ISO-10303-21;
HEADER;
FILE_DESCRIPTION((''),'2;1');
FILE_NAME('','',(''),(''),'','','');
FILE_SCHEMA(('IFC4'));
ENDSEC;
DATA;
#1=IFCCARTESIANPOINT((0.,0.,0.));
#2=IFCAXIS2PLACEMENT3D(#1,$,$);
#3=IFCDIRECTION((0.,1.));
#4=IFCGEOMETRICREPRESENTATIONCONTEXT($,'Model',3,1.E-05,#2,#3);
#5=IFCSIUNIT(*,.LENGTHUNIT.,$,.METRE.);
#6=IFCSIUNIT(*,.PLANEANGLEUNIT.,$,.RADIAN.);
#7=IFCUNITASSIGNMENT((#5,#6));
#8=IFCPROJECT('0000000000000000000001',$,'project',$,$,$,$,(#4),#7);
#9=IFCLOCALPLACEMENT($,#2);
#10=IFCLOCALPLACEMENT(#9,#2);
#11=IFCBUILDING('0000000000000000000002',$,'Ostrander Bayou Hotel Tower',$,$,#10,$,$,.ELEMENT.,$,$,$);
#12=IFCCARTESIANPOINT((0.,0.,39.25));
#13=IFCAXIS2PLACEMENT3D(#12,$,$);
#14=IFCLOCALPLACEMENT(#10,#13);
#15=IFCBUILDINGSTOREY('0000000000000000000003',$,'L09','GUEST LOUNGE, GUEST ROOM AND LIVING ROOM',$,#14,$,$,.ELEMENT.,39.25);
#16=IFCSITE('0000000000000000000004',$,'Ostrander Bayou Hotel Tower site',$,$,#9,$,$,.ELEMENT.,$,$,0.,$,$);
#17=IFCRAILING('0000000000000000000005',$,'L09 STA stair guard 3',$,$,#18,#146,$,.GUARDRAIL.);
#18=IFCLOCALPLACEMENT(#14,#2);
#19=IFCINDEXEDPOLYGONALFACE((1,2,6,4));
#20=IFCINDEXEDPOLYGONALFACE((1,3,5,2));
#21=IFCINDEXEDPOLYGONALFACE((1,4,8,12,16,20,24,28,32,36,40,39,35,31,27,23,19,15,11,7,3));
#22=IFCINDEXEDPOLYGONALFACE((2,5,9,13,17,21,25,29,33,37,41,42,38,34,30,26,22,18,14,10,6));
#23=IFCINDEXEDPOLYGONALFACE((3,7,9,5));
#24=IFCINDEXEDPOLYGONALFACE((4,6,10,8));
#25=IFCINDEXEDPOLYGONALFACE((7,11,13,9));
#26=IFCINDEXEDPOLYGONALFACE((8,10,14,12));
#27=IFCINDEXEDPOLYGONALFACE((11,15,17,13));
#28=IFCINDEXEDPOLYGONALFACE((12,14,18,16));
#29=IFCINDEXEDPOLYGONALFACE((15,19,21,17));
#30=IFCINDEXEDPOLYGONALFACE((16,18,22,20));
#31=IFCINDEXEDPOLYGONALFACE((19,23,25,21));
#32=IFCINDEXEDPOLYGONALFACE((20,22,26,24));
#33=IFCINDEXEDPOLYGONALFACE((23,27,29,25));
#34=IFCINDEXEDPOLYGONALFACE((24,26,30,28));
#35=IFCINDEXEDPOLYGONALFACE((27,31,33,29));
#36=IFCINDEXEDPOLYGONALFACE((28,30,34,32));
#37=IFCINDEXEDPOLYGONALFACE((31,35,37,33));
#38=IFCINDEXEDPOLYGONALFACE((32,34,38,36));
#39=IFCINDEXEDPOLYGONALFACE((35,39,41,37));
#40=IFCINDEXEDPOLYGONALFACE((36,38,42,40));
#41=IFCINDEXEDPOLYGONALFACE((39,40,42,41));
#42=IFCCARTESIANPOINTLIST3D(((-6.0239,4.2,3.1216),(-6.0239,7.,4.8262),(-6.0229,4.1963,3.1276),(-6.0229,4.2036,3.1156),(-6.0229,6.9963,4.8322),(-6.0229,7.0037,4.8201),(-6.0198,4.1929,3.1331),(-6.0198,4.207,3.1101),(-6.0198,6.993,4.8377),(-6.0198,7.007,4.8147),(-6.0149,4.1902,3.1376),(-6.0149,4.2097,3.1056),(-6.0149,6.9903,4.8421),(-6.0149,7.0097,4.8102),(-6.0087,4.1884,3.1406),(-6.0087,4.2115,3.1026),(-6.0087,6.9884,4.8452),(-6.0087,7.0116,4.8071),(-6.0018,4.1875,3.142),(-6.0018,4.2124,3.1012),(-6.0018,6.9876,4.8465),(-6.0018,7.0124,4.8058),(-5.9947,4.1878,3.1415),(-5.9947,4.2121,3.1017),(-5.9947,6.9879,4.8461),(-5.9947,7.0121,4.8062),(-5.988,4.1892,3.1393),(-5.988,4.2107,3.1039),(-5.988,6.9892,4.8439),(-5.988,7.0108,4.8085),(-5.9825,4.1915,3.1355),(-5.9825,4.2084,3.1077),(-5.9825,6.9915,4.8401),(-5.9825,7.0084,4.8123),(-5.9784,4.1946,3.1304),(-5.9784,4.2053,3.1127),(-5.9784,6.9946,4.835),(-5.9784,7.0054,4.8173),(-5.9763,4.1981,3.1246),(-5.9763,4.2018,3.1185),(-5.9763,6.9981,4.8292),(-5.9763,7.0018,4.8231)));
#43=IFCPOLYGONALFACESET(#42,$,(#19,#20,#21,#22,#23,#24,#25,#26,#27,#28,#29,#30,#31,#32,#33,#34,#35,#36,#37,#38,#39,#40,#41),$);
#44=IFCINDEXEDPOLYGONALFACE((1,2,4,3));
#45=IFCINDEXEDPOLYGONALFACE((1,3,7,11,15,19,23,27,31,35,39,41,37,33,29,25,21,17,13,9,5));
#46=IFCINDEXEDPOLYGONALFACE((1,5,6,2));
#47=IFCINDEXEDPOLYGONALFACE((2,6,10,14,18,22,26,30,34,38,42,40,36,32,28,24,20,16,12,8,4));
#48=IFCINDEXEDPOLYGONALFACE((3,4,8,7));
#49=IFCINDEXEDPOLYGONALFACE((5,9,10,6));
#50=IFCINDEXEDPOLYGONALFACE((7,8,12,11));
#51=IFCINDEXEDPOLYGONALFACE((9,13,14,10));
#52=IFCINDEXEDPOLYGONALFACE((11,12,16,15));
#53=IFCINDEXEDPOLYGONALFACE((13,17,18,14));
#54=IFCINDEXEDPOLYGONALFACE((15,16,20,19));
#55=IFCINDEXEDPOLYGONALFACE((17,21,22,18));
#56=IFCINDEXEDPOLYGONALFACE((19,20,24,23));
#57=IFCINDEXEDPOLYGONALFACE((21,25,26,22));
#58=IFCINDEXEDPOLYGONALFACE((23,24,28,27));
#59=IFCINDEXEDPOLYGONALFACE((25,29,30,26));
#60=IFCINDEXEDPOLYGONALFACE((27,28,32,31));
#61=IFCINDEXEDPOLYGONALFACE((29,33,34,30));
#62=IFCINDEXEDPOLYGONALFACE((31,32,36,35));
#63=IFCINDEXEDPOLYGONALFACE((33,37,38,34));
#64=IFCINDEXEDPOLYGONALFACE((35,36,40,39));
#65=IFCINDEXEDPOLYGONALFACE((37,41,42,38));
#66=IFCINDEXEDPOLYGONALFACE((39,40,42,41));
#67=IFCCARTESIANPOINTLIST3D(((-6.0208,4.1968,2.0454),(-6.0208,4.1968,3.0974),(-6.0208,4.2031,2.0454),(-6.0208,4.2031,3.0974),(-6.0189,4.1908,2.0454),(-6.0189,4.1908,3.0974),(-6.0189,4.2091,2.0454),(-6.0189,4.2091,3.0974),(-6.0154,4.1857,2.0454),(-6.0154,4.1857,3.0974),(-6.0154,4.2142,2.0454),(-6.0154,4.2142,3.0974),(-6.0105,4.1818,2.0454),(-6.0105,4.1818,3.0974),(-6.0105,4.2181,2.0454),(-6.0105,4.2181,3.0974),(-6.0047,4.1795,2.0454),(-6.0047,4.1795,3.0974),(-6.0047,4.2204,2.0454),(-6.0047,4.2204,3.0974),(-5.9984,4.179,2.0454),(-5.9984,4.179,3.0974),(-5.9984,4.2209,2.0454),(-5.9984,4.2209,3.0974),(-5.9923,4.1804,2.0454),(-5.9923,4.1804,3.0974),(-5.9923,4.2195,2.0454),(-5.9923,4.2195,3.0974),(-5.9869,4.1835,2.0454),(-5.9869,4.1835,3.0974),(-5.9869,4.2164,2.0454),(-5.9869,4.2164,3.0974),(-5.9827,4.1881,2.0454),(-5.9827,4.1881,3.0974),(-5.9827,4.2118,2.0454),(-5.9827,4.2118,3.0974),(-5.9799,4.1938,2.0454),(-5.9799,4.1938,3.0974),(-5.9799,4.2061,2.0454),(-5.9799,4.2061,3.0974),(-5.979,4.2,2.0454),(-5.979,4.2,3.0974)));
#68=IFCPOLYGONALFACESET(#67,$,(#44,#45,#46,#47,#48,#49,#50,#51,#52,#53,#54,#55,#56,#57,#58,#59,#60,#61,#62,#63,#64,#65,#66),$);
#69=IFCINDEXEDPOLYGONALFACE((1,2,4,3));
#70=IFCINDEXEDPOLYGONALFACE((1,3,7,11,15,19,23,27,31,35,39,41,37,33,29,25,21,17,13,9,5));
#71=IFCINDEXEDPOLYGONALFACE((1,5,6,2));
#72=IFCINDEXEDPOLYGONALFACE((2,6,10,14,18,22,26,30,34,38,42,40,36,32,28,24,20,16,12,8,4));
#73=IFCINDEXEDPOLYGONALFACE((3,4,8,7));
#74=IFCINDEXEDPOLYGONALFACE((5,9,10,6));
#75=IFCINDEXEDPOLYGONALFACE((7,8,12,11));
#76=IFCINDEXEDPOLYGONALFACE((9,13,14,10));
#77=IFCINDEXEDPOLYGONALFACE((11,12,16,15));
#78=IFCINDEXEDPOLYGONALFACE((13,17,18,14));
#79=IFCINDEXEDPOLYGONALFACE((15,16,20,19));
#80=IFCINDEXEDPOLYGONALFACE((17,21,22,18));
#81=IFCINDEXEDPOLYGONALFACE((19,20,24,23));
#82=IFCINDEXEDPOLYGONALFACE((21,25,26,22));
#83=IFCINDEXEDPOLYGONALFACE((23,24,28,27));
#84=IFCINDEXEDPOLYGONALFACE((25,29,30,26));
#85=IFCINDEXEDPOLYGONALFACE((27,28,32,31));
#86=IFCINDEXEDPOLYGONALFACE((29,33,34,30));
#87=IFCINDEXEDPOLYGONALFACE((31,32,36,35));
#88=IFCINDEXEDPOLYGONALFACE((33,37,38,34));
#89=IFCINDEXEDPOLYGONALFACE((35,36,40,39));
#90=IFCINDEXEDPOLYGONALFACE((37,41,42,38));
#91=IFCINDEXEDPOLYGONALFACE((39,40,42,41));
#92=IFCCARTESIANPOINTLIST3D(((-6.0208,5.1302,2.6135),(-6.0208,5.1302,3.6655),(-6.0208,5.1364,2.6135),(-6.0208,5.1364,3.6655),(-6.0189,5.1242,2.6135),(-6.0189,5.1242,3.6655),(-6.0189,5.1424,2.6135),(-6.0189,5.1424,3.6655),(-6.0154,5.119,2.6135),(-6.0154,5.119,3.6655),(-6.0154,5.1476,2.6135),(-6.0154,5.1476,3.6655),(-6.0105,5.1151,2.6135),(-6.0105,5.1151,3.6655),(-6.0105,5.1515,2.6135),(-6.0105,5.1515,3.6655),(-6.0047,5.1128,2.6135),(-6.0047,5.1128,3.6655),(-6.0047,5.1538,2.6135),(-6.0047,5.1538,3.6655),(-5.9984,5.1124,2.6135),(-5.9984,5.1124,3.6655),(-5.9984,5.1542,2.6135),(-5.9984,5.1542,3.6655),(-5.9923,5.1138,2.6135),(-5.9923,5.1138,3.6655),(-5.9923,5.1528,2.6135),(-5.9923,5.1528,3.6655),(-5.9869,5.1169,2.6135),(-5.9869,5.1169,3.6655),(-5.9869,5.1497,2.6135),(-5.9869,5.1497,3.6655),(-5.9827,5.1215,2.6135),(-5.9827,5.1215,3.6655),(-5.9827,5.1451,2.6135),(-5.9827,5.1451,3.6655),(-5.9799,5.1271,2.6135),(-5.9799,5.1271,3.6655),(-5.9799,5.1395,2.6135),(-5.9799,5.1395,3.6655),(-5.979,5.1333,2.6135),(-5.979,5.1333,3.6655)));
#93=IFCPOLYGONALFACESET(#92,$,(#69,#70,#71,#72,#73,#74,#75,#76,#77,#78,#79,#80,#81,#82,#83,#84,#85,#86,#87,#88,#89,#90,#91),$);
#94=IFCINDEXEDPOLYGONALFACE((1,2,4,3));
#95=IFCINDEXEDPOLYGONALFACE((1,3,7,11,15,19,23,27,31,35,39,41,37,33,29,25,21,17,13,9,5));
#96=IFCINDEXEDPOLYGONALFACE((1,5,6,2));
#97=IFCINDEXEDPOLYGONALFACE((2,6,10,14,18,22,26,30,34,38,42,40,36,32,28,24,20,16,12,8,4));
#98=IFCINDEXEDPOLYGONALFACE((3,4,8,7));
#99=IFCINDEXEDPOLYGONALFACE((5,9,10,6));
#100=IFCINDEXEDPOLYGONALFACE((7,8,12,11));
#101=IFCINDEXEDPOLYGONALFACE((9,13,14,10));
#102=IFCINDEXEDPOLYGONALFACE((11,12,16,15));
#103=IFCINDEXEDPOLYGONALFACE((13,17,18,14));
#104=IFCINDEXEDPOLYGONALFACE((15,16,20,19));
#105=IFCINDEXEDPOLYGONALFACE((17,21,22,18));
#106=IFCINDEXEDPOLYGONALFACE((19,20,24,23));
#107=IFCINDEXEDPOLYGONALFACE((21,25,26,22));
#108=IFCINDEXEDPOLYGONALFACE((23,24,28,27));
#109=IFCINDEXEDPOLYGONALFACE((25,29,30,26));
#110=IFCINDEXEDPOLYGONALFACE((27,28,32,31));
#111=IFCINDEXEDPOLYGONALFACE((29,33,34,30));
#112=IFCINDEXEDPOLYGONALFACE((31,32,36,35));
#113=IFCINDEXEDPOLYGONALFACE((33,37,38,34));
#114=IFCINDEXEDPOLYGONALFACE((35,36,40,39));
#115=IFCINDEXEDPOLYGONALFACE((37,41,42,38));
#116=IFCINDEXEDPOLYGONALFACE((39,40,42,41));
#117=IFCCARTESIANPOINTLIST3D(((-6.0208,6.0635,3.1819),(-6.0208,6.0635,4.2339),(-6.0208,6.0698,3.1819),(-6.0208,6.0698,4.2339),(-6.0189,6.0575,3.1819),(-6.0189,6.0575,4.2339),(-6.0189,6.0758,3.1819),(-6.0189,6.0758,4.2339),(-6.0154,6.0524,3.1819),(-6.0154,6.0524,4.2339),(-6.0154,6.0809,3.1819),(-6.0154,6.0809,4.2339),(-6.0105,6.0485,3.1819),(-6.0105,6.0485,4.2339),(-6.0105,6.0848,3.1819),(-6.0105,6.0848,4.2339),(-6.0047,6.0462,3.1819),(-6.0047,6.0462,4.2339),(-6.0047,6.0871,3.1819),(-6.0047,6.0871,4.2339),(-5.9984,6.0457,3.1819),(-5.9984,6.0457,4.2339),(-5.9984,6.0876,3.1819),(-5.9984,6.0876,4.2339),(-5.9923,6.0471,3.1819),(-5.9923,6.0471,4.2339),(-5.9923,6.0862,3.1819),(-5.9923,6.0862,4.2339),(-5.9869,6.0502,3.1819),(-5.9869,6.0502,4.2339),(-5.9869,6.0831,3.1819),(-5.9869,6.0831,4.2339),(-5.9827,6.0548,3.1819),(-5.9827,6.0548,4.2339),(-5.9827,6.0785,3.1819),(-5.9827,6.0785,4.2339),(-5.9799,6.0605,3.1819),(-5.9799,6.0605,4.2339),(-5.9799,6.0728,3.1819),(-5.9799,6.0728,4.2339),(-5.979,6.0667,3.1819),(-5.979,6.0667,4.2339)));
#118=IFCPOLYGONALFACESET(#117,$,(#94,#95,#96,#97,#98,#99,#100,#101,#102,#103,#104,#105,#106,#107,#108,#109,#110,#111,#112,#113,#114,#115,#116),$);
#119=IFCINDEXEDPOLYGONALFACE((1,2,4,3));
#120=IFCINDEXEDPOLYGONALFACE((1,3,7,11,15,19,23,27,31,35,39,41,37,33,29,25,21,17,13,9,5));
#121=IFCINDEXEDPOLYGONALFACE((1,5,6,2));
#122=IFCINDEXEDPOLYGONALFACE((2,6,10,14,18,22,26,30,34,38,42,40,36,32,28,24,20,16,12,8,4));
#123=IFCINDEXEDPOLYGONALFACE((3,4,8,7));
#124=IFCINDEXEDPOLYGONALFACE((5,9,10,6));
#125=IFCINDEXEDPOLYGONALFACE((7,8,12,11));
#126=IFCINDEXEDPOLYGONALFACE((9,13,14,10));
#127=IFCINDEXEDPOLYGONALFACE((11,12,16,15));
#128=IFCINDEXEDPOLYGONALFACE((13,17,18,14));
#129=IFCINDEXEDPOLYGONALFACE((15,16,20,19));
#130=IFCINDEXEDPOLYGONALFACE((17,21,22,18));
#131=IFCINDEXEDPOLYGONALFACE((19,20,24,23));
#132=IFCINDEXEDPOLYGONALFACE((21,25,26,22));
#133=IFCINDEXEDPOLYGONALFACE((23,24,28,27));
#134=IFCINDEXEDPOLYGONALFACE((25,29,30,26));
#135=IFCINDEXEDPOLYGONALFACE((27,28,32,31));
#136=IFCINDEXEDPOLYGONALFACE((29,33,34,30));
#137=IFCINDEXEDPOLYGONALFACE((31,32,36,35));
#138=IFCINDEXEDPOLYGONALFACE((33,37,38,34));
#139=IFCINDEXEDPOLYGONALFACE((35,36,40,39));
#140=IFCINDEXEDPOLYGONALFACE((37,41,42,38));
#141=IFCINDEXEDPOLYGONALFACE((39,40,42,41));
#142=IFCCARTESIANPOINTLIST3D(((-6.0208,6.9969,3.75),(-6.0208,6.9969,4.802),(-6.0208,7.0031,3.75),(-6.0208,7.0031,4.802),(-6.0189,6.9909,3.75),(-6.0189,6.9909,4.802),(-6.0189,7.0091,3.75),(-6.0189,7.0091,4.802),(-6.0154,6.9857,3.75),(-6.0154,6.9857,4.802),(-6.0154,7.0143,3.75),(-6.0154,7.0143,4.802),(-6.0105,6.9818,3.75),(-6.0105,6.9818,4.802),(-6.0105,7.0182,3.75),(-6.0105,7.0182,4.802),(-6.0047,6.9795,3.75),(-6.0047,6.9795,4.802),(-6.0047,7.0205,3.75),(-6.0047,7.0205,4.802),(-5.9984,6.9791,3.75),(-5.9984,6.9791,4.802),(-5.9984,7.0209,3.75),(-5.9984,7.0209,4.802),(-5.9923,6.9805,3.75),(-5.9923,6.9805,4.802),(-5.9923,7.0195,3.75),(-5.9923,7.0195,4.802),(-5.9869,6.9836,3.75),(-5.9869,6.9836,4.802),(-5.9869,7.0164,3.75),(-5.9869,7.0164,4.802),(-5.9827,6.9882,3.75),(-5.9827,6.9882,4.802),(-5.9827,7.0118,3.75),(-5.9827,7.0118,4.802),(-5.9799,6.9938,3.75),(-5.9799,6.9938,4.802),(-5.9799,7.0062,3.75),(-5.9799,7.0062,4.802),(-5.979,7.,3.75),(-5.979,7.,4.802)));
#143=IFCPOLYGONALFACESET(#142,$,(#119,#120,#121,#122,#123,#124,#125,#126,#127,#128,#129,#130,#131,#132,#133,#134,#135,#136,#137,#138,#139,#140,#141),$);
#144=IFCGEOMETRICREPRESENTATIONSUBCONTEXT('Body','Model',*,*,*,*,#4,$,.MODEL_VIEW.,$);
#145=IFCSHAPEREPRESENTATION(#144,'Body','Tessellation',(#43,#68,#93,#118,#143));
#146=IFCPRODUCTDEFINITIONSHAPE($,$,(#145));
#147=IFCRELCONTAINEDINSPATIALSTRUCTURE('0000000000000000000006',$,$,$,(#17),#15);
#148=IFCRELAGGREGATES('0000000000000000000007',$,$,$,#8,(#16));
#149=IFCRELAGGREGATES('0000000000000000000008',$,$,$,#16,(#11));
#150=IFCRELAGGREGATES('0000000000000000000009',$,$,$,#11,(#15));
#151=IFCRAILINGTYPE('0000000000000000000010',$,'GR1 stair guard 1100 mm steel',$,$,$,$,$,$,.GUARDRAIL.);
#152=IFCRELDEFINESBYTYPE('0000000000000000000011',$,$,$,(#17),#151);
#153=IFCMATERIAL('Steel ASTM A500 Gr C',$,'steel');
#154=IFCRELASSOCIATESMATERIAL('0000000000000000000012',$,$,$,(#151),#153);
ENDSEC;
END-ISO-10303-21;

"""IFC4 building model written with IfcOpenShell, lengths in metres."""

from ifc_helpers import new_model, si_unit, direction, frame, origin, origin_2d, place, context, subcontext, project, spatial, circle, extrude, material, type_object, element, save


model = new_model("IFC4")

# Units and contexts
model_context = context("Model", 3, precision=1e-05, world=origin(), true_north=direction((0.0, 1.0)))
body_context = subcontext(model_context, "Body", "Model", "MODEL_VIEW")
ifc_project = project(units=[si_unit("LENGTHUNIT", "METRE"), si_unit("PLANEANGLEUNIT", "RADIAN")], contexts=[model_context])

# Site, building, storey
site_placement = place(None, origin())
site = spatial("IfcSite", under=ifc_project, at=site_placement, Name="Ostrander Bayou Hotel Tower site", CompositionType="ELEMENT", RefElevation=0.0)
building_placement = place(site_placement, origin())
building = spatial("IfcBuilding", under=site, at=building_placement, Name="Ostrander Bayou Hotel Tower", CompositionType="ELEMENT")
storey_placement = place(building_placement, frame((0.0, 0.0, 39.25)))
storey = spatial("IfcBuildingStorey", under=building, at=storey_placement, Name="L09", Description="GUEST LOUNGE, GUEST ROOM AND LIVING ROOM", CompositionType="ELEMENT", Elevation=39.25)

# Railing
ifc_material_1 = material(Name="Steel ASTM A500 Gr C", Category="steel")
railing_type_1 = type_object("IfcRailingType", Name="GR1 stair guard 1100 mm steel", PredefinedType="GUARDRAIL", material=ifc_material_1)
railing_1_placement = place(storey_placement, frame((-6.0, 4.2, 2.0454)))
element("IfcRailing", 1, at=railing_1_placement, inside=storey, type_object=railing_type_1, Name="L09 STA stair guard 3", PredefinedType="GUARDRAIL", context=body_context, shape_type="SweptSolid", body=[
    extrude(circle(Radius=0.0239, at=origin_2d()), frame((0.0, 0.0, 1.0762), z_axis=(0.0, 0.85417, 0.519994), x_axis=(-1.0, 0.0, 0.0)), (0.0, 0.0, 1.0), 3.2781),
    extrude(circle(Radius=0.021, at=origin_2d()), origin(), (0.0, 0.0, 1.0), 1.052),
    extrude(circle(Radius=0.021, at=origin_2d()), frame((0.0, 0.9333, 0.5681)), (0.0, 0.0, 1.0), 1.052),
    extrude(circle(Radius=0.021, at=origin_2d()), frame((0.0, 1.8667, 1.1365)), (0.0, 0.0, 1.0), 1.052),
    extrude(circle(Radius=0.021, at=origin_2d()), frame((0.0, 2.8, 1.7046)), (0.0, 0.0, 1.0), 1.052),
])

save(model, "model.ifc")
